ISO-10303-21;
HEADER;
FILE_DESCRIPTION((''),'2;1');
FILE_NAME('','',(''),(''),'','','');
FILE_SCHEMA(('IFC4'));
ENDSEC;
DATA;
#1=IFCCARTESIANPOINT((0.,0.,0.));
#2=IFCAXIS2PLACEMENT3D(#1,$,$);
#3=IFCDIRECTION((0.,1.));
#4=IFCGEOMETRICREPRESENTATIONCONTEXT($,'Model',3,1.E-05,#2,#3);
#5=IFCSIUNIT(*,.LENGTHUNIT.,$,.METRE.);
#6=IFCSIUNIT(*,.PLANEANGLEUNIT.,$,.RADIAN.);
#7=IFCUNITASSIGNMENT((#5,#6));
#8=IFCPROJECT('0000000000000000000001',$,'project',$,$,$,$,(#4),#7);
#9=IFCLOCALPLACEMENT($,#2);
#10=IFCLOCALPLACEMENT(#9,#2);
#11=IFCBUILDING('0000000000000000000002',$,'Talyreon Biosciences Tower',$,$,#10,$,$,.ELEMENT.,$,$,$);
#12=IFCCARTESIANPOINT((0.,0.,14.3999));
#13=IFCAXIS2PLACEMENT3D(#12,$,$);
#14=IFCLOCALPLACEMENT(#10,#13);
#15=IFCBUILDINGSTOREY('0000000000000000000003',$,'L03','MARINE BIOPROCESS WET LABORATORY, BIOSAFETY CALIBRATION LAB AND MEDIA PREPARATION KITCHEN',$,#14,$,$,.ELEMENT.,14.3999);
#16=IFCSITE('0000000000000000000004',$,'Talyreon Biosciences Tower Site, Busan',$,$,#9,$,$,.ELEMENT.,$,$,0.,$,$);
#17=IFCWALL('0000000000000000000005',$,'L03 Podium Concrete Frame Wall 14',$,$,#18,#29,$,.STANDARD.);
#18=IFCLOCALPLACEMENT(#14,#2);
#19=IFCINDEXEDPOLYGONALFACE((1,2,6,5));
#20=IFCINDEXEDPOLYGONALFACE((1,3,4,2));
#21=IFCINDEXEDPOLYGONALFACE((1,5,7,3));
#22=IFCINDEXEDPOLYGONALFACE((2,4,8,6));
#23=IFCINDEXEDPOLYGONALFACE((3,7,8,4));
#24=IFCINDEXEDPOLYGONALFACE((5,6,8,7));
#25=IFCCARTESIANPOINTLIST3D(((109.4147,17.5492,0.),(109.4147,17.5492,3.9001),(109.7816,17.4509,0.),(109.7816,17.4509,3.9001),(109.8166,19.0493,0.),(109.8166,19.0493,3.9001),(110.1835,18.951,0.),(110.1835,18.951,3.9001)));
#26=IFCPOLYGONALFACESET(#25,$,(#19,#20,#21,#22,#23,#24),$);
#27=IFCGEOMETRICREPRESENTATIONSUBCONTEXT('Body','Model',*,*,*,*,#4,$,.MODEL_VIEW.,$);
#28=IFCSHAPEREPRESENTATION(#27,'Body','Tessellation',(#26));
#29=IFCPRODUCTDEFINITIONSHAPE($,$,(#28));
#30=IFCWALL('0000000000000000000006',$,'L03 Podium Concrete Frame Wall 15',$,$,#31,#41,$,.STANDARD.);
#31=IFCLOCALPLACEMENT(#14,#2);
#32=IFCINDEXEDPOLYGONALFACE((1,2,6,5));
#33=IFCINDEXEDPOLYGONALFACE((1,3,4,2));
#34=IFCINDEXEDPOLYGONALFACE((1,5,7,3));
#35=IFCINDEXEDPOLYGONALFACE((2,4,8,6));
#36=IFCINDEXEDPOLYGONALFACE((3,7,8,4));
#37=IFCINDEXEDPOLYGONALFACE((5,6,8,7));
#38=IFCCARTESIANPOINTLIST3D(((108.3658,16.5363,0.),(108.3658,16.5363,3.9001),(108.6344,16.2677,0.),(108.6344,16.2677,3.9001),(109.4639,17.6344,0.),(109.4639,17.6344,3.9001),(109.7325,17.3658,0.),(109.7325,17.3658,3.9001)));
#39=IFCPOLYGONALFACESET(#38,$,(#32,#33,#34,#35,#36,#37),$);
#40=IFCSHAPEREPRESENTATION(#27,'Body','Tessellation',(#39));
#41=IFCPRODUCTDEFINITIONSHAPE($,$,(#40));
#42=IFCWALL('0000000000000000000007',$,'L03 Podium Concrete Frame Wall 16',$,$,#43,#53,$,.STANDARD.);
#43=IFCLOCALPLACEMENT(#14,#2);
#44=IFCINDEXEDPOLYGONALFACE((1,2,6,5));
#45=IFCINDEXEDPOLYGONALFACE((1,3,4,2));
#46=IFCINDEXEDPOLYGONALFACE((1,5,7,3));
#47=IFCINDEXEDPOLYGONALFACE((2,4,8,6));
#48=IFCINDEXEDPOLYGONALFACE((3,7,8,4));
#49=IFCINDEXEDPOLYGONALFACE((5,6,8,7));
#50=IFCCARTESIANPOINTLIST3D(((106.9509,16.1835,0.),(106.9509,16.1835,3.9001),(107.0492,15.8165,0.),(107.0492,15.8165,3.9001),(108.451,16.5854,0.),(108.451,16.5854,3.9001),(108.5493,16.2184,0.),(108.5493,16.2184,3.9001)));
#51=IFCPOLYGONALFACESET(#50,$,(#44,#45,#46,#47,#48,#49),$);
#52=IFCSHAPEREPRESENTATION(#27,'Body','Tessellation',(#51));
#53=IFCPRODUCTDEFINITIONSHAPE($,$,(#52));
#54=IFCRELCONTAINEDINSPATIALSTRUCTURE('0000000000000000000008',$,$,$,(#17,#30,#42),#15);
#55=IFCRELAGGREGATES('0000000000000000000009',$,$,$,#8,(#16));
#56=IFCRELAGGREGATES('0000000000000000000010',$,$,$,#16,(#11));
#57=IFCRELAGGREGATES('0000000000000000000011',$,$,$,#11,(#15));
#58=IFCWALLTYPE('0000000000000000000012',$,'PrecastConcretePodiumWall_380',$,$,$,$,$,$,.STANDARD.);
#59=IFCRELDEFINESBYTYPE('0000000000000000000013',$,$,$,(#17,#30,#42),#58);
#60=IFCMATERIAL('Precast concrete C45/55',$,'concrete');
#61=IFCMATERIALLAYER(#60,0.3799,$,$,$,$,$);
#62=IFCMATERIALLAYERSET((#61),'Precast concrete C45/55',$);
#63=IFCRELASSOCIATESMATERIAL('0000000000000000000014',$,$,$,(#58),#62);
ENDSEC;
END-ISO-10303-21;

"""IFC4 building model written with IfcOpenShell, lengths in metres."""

from ifc_helpers import new_model, si_unit, direction, frame, frame_2d, origin, place, context, subcontext, project, spatial, rectangle, extrude, material, layer, layer_set, type_object, element, save


model = new_model("IFC4")

# Units and contexts
model_context = context("Model", 3, precision=1e-05, world=origin(), true_north=direction((0.0, 1.0)))
body_context = subcontext(model_context, "Body", "Model", "MODEL_VIEW")
ifc_project = project(units=[si_unit("LENGTHUNIT", "METRE"), si_unit("PLANEANGLEUNIT", "RADIAN")], contexts=[model_context])

# Site, building, storey
site_placement = place(None, origin())
site = spatial("IfcSite", under=ifc_project, at=site_placement, Name="Talyreon Biosciences Tower Site, Busan", CompositionType="ELEMENT", RefElevation=0.0)
building_placement = place(site_placement, origin())
building = spatial("IfcBuilding", under=site, at=building_placement, Name="Talyreon Biosciences Tower", CompositionType="ELEMENT")
storey_placement = place(building_placement, frame((0.0, 0.0, 14.3999)))
storey = spatial("IfcBuildingStorey", under=building, at=storey_placement, Name="L03", Description="MARINE BIOPROCESS WET LABORATORY, BIOSAFETY CALIBRATION LAB AND MEDIA PREPARATION KITCHEN", CompositionType="ELEMENT", Elevation=14.3999)

# Shared definitions
ifc_material_1 = material(Name="Precast concrete C45/55", Category="concrete")
ifc_layer = layer(ifc_material_1, 0.3799)
ifc_layer_set = layer_set([ifc_layer], Name="Precast concrete C45/55")
wall_type = type_object("IfcWallType", Name="PrecastConcretePodiumWall_380", PredefinedType="STANDARD", material=ifc_layer_set)

# Walls
for number, where, z_axis, x_axis, name in (
    (1, (110.0, 19.0, 0.0), (0.0, 0.0, 1.0), (-0.258778, -0.965937, 0.0), "L03 Podium Concrete Frame Wall 14"),
    (2, (109.5981, 17.5, 0.0), (0.0, 0.0, 1.0), (-0.707107, -0.707107, 0.0), "L03 Podium Concrete Frame Wall 15"),
    (3, (108.5, 16.4019, 0.0), (0.0, 0.0, 1.0), (-0.965937, -0.258778, 0.0), "L03 Podium Concrete Frame Wall 16"),
):
    element("IfcWall", number, at=place(storey_placement, frame(where, z_axis=z_axis, x_axis=x_axis)), inside=storey, type_object=wall_type, Name=name, PredefinedType="STANDARD", context=body_context, shape_type="SweptSolid", body=[
        extrude(rectangle(XDim=1.553, YDim=0.3799, at=frame_2d((0.7764, 0.0))), origin(), (0.0, 0.0, 1.0), 3.9001),
    ])

save(model, "model.ifc")
